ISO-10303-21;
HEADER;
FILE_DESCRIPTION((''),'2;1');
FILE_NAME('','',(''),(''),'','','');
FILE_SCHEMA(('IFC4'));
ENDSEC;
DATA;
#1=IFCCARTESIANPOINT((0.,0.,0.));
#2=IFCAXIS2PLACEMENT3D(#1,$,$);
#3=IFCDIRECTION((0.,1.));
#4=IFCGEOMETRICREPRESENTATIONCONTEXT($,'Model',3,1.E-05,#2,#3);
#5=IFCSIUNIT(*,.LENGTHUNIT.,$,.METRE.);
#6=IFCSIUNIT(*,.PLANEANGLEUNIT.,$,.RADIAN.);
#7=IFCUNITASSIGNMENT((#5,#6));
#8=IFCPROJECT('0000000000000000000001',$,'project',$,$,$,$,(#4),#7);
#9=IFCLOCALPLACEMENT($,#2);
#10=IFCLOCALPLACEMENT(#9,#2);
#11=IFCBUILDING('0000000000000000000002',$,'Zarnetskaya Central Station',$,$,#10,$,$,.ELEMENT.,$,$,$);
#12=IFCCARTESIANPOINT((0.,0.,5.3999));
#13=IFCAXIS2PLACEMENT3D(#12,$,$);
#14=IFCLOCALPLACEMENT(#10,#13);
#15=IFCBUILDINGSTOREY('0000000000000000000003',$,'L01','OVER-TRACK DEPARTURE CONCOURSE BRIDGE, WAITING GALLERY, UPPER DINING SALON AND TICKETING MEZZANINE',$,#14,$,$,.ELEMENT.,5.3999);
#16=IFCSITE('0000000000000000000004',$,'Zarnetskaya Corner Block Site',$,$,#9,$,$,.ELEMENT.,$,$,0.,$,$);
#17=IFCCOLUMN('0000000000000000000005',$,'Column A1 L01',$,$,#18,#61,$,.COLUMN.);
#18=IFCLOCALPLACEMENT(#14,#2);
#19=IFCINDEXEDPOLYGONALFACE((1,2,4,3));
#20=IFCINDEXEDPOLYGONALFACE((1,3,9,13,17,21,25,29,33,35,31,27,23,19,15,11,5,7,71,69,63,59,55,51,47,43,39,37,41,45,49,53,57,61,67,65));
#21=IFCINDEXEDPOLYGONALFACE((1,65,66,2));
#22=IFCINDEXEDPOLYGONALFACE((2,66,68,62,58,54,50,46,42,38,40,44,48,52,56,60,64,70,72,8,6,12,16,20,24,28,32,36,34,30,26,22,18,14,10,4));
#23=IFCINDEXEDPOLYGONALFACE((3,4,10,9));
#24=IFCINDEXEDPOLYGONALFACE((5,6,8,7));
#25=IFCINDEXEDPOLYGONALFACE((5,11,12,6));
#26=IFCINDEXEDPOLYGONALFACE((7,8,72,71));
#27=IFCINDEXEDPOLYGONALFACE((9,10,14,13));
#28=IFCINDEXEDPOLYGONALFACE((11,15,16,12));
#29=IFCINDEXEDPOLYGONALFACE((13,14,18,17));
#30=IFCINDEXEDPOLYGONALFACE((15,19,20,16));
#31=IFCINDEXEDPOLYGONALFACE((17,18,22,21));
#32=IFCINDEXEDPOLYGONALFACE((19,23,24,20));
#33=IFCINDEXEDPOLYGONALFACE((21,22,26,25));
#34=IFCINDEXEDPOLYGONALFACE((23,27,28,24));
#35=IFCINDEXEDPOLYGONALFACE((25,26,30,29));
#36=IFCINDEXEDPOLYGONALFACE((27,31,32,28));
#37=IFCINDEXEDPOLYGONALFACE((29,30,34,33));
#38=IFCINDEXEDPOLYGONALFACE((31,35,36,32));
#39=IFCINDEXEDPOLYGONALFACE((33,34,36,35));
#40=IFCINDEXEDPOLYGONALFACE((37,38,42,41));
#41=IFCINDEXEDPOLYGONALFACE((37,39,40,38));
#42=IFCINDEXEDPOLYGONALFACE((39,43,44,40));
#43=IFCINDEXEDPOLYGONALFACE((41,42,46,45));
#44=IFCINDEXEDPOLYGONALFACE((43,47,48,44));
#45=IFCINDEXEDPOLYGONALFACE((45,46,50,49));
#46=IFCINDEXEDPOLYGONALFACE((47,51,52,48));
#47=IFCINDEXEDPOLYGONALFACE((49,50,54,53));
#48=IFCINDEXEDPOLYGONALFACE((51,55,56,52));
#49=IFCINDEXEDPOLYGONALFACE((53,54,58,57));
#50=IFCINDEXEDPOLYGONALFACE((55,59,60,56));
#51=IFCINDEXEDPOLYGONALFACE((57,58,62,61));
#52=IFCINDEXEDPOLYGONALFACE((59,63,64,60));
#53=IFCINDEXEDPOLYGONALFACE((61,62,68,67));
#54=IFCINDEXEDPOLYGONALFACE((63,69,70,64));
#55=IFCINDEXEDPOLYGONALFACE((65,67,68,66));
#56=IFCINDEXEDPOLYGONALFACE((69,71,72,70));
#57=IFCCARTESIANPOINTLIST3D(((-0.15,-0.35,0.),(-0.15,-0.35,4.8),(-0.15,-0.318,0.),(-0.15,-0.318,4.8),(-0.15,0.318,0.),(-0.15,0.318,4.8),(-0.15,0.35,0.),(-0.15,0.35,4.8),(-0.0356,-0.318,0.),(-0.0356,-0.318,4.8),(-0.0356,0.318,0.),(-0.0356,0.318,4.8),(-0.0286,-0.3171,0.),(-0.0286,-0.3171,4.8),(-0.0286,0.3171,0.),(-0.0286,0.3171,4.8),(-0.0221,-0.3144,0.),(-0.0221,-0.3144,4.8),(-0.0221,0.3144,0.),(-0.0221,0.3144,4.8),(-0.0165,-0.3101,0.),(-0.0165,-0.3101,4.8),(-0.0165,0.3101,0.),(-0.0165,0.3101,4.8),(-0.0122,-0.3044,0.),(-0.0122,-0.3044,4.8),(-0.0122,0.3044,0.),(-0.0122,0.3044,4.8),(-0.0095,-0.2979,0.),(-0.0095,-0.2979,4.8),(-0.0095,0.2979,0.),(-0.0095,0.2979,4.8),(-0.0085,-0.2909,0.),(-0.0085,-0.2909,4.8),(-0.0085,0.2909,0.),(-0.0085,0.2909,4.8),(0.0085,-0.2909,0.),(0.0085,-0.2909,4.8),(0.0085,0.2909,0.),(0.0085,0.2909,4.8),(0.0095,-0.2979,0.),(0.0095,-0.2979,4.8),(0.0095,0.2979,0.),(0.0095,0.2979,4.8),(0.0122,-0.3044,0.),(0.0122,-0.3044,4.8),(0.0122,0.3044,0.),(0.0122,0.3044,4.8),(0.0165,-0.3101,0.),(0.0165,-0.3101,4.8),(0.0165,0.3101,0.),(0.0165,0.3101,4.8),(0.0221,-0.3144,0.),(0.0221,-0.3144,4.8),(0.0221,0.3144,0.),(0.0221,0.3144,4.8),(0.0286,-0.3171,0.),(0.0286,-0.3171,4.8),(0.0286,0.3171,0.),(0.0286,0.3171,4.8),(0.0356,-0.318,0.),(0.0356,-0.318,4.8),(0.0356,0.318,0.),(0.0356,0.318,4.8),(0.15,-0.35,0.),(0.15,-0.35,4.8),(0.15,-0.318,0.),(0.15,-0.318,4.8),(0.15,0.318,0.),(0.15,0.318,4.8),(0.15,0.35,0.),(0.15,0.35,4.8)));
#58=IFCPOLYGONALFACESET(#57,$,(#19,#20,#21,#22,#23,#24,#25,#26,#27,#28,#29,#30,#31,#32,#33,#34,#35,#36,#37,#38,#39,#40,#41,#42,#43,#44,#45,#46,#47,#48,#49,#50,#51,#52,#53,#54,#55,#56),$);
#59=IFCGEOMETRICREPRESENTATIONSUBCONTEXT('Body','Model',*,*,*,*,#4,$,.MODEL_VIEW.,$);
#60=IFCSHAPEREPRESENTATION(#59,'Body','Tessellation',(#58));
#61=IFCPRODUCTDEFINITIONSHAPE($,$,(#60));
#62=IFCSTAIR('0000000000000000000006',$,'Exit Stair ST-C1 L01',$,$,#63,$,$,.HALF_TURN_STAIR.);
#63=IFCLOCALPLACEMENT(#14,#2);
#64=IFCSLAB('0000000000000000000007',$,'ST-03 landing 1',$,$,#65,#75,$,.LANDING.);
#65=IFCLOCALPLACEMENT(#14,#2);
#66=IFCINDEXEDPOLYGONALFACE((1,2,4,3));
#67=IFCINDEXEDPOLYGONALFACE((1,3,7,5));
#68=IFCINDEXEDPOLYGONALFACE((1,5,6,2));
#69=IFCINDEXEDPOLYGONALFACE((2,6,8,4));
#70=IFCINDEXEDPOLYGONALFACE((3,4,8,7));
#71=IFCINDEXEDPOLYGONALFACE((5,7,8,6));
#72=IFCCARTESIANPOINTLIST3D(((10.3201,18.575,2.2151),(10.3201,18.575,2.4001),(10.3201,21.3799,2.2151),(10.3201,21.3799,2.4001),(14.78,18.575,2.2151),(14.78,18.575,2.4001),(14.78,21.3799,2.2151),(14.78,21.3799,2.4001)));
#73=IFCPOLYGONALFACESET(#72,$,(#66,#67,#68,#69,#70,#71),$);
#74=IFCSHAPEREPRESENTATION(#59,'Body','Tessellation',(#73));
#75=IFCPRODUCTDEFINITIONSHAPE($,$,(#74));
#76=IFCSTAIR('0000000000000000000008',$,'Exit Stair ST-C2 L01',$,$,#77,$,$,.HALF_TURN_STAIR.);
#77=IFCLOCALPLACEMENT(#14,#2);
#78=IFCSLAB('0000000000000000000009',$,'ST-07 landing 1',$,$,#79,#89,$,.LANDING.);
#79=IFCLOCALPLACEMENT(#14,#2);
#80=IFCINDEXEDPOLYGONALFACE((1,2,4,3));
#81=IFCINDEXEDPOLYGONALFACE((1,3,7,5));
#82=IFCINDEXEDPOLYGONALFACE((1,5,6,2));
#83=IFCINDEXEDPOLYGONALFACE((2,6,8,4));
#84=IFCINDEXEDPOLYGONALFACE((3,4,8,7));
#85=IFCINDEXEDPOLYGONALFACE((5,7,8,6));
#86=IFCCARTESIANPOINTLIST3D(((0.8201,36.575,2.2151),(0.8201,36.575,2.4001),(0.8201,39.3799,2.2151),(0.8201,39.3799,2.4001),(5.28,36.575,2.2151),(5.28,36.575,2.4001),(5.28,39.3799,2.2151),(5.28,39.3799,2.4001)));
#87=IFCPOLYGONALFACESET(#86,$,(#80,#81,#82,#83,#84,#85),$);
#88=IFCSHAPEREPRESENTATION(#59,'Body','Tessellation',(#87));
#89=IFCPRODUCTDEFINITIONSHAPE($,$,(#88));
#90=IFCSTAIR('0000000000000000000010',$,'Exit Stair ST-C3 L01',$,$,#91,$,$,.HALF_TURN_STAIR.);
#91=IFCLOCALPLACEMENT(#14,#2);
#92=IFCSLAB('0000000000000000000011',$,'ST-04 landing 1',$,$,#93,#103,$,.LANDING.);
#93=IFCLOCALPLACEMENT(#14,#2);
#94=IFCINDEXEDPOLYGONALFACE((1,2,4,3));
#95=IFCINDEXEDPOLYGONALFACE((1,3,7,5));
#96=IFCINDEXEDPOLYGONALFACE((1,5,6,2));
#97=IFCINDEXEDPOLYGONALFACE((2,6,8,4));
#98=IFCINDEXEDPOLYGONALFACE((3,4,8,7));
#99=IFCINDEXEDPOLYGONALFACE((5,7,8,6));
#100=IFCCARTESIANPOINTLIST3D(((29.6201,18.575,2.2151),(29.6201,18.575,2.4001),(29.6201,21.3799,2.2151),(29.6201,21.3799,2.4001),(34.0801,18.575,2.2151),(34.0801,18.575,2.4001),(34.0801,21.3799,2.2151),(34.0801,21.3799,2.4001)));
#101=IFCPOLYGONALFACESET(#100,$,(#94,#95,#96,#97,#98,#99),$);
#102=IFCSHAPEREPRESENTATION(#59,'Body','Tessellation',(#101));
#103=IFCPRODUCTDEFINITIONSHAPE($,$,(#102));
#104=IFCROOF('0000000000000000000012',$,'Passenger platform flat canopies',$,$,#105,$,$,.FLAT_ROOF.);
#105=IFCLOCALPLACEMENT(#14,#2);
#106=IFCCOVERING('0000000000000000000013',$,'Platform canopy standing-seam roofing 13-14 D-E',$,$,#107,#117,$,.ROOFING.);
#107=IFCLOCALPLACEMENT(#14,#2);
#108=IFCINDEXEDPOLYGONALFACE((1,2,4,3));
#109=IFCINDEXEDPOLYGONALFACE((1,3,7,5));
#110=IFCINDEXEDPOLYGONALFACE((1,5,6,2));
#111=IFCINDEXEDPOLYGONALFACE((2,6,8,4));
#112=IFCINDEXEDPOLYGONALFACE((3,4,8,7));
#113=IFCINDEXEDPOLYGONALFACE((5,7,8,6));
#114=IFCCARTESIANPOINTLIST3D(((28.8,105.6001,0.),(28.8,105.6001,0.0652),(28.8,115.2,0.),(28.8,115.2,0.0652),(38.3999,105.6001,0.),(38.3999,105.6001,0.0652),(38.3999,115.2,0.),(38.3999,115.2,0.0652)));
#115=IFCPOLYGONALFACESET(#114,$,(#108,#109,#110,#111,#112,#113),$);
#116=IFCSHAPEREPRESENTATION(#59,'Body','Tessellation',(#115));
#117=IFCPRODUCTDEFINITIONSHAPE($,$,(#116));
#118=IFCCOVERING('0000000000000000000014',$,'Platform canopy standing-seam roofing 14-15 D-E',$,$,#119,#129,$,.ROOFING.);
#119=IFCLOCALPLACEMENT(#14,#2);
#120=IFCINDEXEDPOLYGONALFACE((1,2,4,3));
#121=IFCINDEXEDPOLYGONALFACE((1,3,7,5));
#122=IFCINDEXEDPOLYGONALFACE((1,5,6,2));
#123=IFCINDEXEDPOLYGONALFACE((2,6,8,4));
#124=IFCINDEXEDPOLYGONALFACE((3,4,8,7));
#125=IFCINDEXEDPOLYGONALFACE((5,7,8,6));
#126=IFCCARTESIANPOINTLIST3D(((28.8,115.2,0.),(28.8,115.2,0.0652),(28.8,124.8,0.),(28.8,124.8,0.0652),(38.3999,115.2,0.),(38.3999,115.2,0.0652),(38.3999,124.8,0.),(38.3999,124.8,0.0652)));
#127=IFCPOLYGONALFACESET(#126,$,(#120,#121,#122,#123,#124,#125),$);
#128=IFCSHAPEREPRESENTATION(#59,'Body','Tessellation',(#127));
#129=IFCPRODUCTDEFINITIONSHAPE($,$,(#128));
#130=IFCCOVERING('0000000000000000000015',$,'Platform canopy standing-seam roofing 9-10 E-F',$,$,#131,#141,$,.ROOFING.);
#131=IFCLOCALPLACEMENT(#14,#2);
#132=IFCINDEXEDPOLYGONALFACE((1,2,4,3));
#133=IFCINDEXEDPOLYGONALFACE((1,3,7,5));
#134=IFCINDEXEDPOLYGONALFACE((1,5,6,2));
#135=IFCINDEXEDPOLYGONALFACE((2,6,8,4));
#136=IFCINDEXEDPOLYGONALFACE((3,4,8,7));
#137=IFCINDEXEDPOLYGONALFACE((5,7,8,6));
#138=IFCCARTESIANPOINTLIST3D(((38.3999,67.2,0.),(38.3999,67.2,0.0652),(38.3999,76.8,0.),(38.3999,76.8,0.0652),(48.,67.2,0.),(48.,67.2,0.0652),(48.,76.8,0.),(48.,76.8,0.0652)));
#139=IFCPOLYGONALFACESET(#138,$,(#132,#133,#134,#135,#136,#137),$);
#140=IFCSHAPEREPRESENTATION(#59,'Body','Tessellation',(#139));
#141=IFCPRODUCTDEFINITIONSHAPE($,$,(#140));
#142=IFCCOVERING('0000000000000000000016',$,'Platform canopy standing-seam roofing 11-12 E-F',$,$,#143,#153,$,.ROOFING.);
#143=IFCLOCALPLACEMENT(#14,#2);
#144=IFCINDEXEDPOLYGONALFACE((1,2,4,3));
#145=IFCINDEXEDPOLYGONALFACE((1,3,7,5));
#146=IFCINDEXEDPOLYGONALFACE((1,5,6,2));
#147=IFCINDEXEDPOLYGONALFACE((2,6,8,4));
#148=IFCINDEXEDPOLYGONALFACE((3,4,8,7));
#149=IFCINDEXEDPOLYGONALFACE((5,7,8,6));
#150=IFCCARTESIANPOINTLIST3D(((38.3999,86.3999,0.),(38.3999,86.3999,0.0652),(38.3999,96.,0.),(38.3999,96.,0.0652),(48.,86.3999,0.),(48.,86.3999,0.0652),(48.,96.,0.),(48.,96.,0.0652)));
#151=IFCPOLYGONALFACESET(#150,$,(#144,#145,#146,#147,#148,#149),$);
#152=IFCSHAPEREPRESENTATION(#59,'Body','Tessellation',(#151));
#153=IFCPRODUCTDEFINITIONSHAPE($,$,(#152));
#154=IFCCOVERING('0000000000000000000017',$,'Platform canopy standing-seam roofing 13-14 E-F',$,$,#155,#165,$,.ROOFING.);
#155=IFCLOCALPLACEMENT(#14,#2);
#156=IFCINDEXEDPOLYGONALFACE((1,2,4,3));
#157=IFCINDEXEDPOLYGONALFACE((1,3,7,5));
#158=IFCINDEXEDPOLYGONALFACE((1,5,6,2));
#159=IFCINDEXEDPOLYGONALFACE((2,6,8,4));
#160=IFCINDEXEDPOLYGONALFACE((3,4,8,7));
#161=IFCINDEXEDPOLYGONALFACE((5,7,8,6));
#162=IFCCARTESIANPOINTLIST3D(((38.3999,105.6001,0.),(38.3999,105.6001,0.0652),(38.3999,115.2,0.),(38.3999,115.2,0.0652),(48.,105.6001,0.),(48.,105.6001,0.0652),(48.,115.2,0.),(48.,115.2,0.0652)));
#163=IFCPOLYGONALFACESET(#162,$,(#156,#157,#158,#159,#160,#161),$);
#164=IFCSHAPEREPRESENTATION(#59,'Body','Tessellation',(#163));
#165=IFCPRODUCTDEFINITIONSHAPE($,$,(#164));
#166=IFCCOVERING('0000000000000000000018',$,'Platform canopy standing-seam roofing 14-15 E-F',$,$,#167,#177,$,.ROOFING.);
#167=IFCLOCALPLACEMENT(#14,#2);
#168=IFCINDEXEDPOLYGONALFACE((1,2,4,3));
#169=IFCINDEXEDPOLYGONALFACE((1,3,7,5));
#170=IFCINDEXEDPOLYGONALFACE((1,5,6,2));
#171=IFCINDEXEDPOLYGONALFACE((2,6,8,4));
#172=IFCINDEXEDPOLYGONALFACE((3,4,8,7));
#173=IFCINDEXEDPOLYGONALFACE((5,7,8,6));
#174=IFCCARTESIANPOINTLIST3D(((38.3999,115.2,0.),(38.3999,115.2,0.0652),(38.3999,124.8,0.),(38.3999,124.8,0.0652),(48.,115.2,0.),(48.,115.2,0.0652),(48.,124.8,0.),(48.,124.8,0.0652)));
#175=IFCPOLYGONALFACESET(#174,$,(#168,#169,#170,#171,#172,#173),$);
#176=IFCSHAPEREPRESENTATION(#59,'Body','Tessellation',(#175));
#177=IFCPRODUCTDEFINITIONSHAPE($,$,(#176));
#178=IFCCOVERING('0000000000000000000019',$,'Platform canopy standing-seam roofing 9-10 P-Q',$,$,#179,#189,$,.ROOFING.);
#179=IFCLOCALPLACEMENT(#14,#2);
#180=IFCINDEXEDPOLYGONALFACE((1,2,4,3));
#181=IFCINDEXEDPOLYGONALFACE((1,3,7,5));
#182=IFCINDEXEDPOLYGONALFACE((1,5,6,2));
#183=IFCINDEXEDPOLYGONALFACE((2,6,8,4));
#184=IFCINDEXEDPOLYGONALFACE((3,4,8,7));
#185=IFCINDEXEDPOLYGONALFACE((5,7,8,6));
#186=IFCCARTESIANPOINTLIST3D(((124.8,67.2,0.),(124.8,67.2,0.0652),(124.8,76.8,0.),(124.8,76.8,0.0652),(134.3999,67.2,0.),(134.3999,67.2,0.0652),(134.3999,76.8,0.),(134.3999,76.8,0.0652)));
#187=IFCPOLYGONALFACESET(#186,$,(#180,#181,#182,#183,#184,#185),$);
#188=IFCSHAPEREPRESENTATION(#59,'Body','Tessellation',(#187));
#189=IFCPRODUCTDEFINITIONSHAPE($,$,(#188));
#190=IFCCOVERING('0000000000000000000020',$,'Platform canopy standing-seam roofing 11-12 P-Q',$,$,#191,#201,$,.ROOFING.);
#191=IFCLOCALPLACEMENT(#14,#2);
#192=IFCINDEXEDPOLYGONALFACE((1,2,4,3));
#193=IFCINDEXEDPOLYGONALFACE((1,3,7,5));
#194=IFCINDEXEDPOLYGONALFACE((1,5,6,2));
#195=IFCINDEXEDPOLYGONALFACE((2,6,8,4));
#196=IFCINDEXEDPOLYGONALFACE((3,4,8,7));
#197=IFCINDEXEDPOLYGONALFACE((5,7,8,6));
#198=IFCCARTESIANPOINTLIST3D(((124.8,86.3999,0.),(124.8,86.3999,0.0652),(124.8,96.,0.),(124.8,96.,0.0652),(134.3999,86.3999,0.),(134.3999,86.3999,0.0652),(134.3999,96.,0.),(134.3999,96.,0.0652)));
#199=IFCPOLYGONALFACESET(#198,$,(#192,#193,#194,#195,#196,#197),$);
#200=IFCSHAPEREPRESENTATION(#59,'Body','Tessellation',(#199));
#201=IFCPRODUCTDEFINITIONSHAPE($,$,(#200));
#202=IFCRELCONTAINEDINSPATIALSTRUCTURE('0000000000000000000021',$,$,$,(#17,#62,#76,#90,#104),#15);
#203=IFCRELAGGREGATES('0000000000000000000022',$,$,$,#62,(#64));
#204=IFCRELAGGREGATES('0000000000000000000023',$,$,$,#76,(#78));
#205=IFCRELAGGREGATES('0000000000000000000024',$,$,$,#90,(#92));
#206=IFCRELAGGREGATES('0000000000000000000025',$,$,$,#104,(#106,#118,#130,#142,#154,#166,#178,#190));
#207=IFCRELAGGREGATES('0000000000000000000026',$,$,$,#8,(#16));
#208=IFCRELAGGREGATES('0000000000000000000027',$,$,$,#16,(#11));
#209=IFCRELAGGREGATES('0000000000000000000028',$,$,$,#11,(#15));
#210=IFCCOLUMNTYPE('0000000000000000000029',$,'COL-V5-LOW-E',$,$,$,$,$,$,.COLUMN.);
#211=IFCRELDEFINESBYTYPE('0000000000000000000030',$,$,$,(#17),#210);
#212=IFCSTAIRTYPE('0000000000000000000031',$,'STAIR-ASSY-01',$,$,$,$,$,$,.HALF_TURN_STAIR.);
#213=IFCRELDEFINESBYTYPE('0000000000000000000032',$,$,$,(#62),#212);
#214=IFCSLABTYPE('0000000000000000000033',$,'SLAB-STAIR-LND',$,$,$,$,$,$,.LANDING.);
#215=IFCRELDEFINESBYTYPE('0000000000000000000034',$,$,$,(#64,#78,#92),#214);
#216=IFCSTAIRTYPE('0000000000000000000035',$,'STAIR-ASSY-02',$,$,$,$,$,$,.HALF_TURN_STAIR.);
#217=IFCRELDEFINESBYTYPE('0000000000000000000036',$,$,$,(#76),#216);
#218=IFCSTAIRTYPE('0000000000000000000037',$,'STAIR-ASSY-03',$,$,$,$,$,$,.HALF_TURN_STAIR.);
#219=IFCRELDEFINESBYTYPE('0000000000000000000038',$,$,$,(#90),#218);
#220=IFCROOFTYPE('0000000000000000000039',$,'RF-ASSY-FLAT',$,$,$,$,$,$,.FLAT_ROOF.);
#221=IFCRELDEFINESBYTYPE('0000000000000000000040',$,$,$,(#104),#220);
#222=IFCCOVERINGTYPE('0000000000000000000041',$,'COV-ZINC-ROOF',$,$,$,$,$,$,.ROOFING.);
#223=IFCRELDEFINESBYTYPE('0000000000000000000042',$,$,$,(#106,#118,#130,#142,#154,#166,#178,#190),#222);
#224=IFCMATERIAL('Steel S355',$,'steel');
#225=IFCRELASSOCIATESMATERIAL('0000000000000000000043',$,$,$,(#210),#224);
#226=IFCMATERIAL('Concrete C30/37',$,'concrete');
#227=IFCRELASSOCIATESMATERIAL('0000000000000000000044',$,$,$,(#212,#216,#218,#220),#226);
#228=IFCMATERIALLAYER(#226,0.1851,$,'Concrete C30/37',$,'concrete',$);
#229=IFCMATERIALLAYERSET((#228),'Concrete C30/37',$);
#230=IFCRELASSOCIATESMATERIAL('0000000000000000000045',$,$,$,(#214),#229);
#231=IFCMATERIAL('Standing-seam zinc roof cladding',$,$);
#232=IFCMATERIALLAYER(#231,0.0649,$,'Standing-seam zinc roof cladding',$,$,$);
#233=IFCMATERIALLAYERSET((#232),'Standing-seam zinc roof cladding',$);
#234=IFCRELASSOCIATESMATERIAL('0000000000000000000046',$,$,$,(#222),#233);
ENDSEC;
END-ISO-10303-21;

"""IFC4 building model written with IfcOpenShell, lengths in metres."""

from ifc_helpers import new_model, si_unit, direction, frame, origin, origin_with_axes, origin_2d, place, context, subcontext, project, spatial, polyline, i_section, outline, extrude, material, layer, layer_set, material_profile, profile_set, type_object, element, aggregate, save


model = new_model("IFC4")

# Units and contexts
model_context = context("Model", 3, precision=1e-05, world=origin(), true_north=direction((0.0, 1.0)))
body_context = subcontext(model_context, "Body", "Model", "MODEL_VIEW")
ifc_project = project(units=[si_unit("LENGTHUNIT", "METRE"), si_unit("PLANEANGLEUNIT", "RADIAN")], contexts=[model_context])

# Site, building, storey
site_placement = place(None, origin())
site = spatial("IfcSite", under=ifc_project, at=site_placement, Name="Zarnetskaya Corner Block Site", CompositionType="ELEMENT", RefElevation=0.0)
building_placement = place(site_placement, origin())
building = spatial("IfcBuilding", under=site, at=building_placement, Name="Zarnetskaya Central Station", CompositionType="ELEMENT")
storey_placement = place(building_placement, frame((0.0, 0.0, 5.3999)))
storey = spatial("IfcBuildingStorey", under=building, at=storey_placement, Name="L01", Description="OVER-TRACK DEPARTURE CONCOURSE BRIDGE, WAITING GALLERY, UPPER DINING SALON AND TICKETING MEZZANINE", CompositionType="ELEMENT", Elevation=5.3999)

# Column
ifc_material_1 = material(Name="Steel S355", Category="steel")
ifc_material_profile = material_profile(ifc_material_1, i_section(OverallWidth=0.3, OverallDepth=0.7, WebThickness=0.0171, FlangeThickness=0.032, FilletRadius=0.0271, at=origin_2d()), Name="HEB 700")
ifc_profile_set = profile_set([ifc_material_profile], Name="Steel S355")
column_type = type_object("IfcColumnType", Name="COL-V5-LOW-E", PredefinedType="COLUMN", material=ifc_profile_set)
column_placement = place(storey_placement, origin_with_axes())
element("IfcColumn", 1, at=column_placement, inside=storey, type_object=column_type, Name="Column A1 L01", PredefinedType="COLUMN", context=body_context, shape_type="SweptSolid", body=[
    extrude(i_section(OverallWidth=0.3, OverallDepth=0.7, WebThickness=0.0171, FlangeThickness=0.032, FilletRadius=0.0271, at=origin_2d()), origin(), (0.0, 0.0, 1.0), 4.8),
])

# Stairs, slabs
ifc_material_2 = material(Name="Concrete C30/37", Category="concrete")
stair_type_1 = type_object("IfcStairType", Name="STAIR-ASSY-01", PredefinedType="HALF_TURN_STAIR", material=ifc_material_2)
stair_1_placement = place(storey_placement, origin())
stair_1 = element("IfcStair", 2, at=stair_1_placement, inside=storey, type_object=stair_type_1, Name="Exit Stair ST-C1 L01", PredefinedType="HALF_TURN_STAIR")
ifc_layer_1 = layer(ifc_material_2, 0.1851, Name="Concrete C30/37", Category="concrete")
ifc_layer_set_1 = layer_set([ifc_layer_1], Name="Concrete C30/37")
slab_type = type_object("IfcSlabType", Name="SLAB-STAIR-LND", PredefinedType="LANDING", material=ifc_layer_set_1)
slab_1_placement = place(storey_placement, frame((0.0, 0.0, 2.2151)))
slab_1 = element("IfcSlab", 3, at=slab_1_placement, type_object=slab_type, Name="ST-03 landing 1", PredefinedType="LANDING", context=body_context, shape_type="SweptSolid", body=[
    extrude(outline(polyline([(10.3201, 18.575), (14.78, 18.575), (14.78, 21.3799), (10.3201, 21.3799), (10.3201, 18.575)])), origin(), (0.0, 0.0, 1.0), 0.1851),
])
aggregate(stair_1, [slab_1])
stair_type_2 = type_object("IfcStairType", Name="STAIR-ASSY-02", PredefinedType="HALF_TURN_STAIR", material=ifc_material_2)
stair_2_placement = place(storey_placement, origin())
stair_2 = element("IfcStair", 4, at=stair_2_placement, inside=storey, type_object=stair_type_2, Name="Exit Stair ST-C2 L01", PredefinedType="HALF_TURN_STAIR")
slab_2_placement = place(storey_placement, frame((0.0, 0.0, 2.2151)))
slab_2 = element("IfcSlab", 5, at=slab_2_placement, type_object=slab_type, Name="ST-07 landing 1", PredefinedType="LANDING", context=body_context, shape_type="SweptSolid", body=[
    extrude(outline(polyline([(0.8201, 36.575), (5.28, 36.575), (5.28, 39.3799), (0.8201, 39.3799), (0.8201, 36.575)])), origin(), (0.0, 0.0, 1.0), 0.1851),
])
aggregate(stair_2, [slab_2])
stair_type_3 = type_object("IfcStairType", Name="STAIR-ASSY-03", PredefinedType="HALF_TURN_STAIR", material=ifc_material_2)
stair_3_placement = place(storey_placement, origin())
stair_3 = element("IfcStair", 6, at=stair_3_placement, inside=storey, type_object=stair_type_3, Name="Exit Stair ST-C3 L01", PredefinedType="HALF_TURN_STAIR")
slab_3_placement = place(storey_placement, frame((0.0, 0.0, 2.2151)))
slab_3 = element("IfcSlab", 7, at=slab_3_placement, type_object=slab_type, Name="ST-04 landing 1", PredefinedType="LANDING", context=body_context, shape_type="SweptSolid", body=[
    extrude(outline(polyline([(29.6201, 18.575), (34.0801, 18.575), (34.0801, 21.3799), (29.6201, 21.3799), (29.6201, 18.575)])), origin(), (0.0, 0.0, 1.0), 0.1851),
])
aggregate(stair_3, [slab_3])

# Roof, coverings
roof_type = type_object("IfcRoofType", Name="RF-ASSY-FLAT", PredefinedType="FLAT_ROOF", material=ifc_material_2)
roof_placement = place(storey_placement, origin())
roof = element("IfcRoof", 8, at=roof_placement, inside=storey, type_object=roof_type, Name="Passenger platform flat canopies", PredefinedType="FLAT_ROOF")
ifc_material_3 = material(Name="Standing-seam zinc roof cladding")
ifc_layer_2 = layer(ifc_material_3, 0.0649, Name="Standing-seam zinc roof cladding")
ifc_layer_set_2 = layer_set([ifc_layer_2], Name="Standing-seam zinc roof cladding")
covering_type = type_object("IfcCoveringType", Name="COV-ZINC-ROOF", PredefinedType="ROOFING", material=ifc_layer_set_2)
covering_1_placement = place(storey_placement, origin())
covering_1 = element("IfcCovering", 9, at=covering_1_placement, type_object=covering_type, Name="Platform canopy standing-seam roofing 13-14 D-E", PredefinedType="ROOFING", context=body_context, shape_type="SweptSolid", body=[
    extrude(outline(polyline([(28.8, 105.6001), (38.3999, 105.6001), (38.3999, 115.2), (28.8, 115.2), (28.8, 105.6001)])), origin(), (0.0, 0.0, 1.0), 0.0652),
])
covering_2_placement = place(storey_placement, origin())
covering_2 = element("IfcCovering", 10, at=covering_2_placement, type_object=covering_type, Name="Platform canopy standing-seam roofing 14-15 D-E", PredefinedType="ROOFING", context=body_context, shape_type="SweptSolid", body=[
    extrude(outline(polyline([(28.8, 115.2), (38.3999, 115.2), (38.3999, 124.8), (28.8, 124.8), (28.8, 115.2)])), origin(), (0.0, 0.0, 1.0), 0.0652),
])
covering_3_placement = place(storey_placement, origin())
covering_3 = element("IfcCovering", 11, at=covering_3_placement, type_object=covering_type, Name="Platform canopy standing-seam roofing 9-10 E-F", PredefinedType="ROOFING", context=body_context, shape_type="SweptSolid", body=[
    extrude(outline(polyline([(38.3999, 67.2), (48.0, 67.2), (48.0, 76.8), (38.3999, 76.8), (38.3999, 67.2)])), origin(), (0.0, 0.0, 1.0), 0.0652),
])
covering_4_placement = place(storey_placement, origin())
covering_4 = element("IfcCovering", 12, at=covering_4_placement, type_object=covering_type, Name="Platform canopy standing-seam roofing 11-12 E-F", PredefinedType="ROOFING", context=body_context, shape_type="SweptSolid", body=[
    extrude(outline(polyline([(38.3999, 86.3999), (48.0, 86.3999), (48.0, 96.0), (38.3999, 96.0), (38.3999, 86.3999)])), origin(), (0.0, 0.0, 1.0), 0.0652),
])
covering_5_placement = place(storey_placement, origin())
covering_5 = element("IfcCovering", 13, at=covering_5_placement, type_object=covering_type, Name="Platform canopy standing-seam roofing 13-14 E-F", PredefinedType="ROOFING", context=body_context, shape_type="SweptSolid", body=[
    extrude(outline(polyline([(38.3999, 105.6001), (48.0, 105.6001), (48.0, 115.2), (38.3999, 115.2), (38.3999, 105.6001)])), origin(), (0.0, 0.0, 1.0), 0.0652),
])
covering_6_placement = place(storey_placement, origin())
covering_6 = element("IfcCovering", 14, at=covering_6_placement, type_object=covering_type, Name="Platform canopy standing-seam roofing 14-15 E-F", PredefinedType="ROOFING", context=body_context, shape_type="SweptSolid", body=[
    extrude(outline(polyline([(38.3999, 115.2), (48.0, 115.2), (48.0, 124.8), (38.3999, 124.8), (38.3999, 115.2)])), origin(), (0.0, 0.0, 1.0), 0.0652),
])
covering_7_placement = place(storey_placement, origin())
covering_7 = element("IfcCovering", 15, at=covering_7_placement, type_object=covering_type, Name="Platform canopy standing-seam roofing 9-10 P-Q", PredefinedType="ROOFING", context=body_context, shape_type="SweptSolid", body=[
    extrude(outline(polyline([(124.8, 67.2), (134.3999, 67.2), (134.3999, 76.8), (124.8, 76.8), (124.8, 67.2)])), origin(), (0.0, 0.0, 1.0), 0.0652),
])
covering_8_placement = place(storey_placement, origin())
covering_8 = element("IfcCovering", 16, at=covering_8_placement, type_object=covering_type, Name="Platform canopy standing-seam roofing 11-12 P-Q", PredefinedType="ROOFING", context=body_context, shape_type="SweptSolid", body=[
    extrude(outline(polyline([(124.8, 86.3999), (134.3999, 86.3999), (134.3999, 96.0), (124.8, 96.0), (124.8, 86.3999)])), origin(), (0.0, 0.0, 1.0), 0.0652),
])
aggregate(roof, [covering_1, covering_2, covering_3, covering_4, covering_5, covering_6, covering_7, covering_8])

save(model, "model.ifc")
